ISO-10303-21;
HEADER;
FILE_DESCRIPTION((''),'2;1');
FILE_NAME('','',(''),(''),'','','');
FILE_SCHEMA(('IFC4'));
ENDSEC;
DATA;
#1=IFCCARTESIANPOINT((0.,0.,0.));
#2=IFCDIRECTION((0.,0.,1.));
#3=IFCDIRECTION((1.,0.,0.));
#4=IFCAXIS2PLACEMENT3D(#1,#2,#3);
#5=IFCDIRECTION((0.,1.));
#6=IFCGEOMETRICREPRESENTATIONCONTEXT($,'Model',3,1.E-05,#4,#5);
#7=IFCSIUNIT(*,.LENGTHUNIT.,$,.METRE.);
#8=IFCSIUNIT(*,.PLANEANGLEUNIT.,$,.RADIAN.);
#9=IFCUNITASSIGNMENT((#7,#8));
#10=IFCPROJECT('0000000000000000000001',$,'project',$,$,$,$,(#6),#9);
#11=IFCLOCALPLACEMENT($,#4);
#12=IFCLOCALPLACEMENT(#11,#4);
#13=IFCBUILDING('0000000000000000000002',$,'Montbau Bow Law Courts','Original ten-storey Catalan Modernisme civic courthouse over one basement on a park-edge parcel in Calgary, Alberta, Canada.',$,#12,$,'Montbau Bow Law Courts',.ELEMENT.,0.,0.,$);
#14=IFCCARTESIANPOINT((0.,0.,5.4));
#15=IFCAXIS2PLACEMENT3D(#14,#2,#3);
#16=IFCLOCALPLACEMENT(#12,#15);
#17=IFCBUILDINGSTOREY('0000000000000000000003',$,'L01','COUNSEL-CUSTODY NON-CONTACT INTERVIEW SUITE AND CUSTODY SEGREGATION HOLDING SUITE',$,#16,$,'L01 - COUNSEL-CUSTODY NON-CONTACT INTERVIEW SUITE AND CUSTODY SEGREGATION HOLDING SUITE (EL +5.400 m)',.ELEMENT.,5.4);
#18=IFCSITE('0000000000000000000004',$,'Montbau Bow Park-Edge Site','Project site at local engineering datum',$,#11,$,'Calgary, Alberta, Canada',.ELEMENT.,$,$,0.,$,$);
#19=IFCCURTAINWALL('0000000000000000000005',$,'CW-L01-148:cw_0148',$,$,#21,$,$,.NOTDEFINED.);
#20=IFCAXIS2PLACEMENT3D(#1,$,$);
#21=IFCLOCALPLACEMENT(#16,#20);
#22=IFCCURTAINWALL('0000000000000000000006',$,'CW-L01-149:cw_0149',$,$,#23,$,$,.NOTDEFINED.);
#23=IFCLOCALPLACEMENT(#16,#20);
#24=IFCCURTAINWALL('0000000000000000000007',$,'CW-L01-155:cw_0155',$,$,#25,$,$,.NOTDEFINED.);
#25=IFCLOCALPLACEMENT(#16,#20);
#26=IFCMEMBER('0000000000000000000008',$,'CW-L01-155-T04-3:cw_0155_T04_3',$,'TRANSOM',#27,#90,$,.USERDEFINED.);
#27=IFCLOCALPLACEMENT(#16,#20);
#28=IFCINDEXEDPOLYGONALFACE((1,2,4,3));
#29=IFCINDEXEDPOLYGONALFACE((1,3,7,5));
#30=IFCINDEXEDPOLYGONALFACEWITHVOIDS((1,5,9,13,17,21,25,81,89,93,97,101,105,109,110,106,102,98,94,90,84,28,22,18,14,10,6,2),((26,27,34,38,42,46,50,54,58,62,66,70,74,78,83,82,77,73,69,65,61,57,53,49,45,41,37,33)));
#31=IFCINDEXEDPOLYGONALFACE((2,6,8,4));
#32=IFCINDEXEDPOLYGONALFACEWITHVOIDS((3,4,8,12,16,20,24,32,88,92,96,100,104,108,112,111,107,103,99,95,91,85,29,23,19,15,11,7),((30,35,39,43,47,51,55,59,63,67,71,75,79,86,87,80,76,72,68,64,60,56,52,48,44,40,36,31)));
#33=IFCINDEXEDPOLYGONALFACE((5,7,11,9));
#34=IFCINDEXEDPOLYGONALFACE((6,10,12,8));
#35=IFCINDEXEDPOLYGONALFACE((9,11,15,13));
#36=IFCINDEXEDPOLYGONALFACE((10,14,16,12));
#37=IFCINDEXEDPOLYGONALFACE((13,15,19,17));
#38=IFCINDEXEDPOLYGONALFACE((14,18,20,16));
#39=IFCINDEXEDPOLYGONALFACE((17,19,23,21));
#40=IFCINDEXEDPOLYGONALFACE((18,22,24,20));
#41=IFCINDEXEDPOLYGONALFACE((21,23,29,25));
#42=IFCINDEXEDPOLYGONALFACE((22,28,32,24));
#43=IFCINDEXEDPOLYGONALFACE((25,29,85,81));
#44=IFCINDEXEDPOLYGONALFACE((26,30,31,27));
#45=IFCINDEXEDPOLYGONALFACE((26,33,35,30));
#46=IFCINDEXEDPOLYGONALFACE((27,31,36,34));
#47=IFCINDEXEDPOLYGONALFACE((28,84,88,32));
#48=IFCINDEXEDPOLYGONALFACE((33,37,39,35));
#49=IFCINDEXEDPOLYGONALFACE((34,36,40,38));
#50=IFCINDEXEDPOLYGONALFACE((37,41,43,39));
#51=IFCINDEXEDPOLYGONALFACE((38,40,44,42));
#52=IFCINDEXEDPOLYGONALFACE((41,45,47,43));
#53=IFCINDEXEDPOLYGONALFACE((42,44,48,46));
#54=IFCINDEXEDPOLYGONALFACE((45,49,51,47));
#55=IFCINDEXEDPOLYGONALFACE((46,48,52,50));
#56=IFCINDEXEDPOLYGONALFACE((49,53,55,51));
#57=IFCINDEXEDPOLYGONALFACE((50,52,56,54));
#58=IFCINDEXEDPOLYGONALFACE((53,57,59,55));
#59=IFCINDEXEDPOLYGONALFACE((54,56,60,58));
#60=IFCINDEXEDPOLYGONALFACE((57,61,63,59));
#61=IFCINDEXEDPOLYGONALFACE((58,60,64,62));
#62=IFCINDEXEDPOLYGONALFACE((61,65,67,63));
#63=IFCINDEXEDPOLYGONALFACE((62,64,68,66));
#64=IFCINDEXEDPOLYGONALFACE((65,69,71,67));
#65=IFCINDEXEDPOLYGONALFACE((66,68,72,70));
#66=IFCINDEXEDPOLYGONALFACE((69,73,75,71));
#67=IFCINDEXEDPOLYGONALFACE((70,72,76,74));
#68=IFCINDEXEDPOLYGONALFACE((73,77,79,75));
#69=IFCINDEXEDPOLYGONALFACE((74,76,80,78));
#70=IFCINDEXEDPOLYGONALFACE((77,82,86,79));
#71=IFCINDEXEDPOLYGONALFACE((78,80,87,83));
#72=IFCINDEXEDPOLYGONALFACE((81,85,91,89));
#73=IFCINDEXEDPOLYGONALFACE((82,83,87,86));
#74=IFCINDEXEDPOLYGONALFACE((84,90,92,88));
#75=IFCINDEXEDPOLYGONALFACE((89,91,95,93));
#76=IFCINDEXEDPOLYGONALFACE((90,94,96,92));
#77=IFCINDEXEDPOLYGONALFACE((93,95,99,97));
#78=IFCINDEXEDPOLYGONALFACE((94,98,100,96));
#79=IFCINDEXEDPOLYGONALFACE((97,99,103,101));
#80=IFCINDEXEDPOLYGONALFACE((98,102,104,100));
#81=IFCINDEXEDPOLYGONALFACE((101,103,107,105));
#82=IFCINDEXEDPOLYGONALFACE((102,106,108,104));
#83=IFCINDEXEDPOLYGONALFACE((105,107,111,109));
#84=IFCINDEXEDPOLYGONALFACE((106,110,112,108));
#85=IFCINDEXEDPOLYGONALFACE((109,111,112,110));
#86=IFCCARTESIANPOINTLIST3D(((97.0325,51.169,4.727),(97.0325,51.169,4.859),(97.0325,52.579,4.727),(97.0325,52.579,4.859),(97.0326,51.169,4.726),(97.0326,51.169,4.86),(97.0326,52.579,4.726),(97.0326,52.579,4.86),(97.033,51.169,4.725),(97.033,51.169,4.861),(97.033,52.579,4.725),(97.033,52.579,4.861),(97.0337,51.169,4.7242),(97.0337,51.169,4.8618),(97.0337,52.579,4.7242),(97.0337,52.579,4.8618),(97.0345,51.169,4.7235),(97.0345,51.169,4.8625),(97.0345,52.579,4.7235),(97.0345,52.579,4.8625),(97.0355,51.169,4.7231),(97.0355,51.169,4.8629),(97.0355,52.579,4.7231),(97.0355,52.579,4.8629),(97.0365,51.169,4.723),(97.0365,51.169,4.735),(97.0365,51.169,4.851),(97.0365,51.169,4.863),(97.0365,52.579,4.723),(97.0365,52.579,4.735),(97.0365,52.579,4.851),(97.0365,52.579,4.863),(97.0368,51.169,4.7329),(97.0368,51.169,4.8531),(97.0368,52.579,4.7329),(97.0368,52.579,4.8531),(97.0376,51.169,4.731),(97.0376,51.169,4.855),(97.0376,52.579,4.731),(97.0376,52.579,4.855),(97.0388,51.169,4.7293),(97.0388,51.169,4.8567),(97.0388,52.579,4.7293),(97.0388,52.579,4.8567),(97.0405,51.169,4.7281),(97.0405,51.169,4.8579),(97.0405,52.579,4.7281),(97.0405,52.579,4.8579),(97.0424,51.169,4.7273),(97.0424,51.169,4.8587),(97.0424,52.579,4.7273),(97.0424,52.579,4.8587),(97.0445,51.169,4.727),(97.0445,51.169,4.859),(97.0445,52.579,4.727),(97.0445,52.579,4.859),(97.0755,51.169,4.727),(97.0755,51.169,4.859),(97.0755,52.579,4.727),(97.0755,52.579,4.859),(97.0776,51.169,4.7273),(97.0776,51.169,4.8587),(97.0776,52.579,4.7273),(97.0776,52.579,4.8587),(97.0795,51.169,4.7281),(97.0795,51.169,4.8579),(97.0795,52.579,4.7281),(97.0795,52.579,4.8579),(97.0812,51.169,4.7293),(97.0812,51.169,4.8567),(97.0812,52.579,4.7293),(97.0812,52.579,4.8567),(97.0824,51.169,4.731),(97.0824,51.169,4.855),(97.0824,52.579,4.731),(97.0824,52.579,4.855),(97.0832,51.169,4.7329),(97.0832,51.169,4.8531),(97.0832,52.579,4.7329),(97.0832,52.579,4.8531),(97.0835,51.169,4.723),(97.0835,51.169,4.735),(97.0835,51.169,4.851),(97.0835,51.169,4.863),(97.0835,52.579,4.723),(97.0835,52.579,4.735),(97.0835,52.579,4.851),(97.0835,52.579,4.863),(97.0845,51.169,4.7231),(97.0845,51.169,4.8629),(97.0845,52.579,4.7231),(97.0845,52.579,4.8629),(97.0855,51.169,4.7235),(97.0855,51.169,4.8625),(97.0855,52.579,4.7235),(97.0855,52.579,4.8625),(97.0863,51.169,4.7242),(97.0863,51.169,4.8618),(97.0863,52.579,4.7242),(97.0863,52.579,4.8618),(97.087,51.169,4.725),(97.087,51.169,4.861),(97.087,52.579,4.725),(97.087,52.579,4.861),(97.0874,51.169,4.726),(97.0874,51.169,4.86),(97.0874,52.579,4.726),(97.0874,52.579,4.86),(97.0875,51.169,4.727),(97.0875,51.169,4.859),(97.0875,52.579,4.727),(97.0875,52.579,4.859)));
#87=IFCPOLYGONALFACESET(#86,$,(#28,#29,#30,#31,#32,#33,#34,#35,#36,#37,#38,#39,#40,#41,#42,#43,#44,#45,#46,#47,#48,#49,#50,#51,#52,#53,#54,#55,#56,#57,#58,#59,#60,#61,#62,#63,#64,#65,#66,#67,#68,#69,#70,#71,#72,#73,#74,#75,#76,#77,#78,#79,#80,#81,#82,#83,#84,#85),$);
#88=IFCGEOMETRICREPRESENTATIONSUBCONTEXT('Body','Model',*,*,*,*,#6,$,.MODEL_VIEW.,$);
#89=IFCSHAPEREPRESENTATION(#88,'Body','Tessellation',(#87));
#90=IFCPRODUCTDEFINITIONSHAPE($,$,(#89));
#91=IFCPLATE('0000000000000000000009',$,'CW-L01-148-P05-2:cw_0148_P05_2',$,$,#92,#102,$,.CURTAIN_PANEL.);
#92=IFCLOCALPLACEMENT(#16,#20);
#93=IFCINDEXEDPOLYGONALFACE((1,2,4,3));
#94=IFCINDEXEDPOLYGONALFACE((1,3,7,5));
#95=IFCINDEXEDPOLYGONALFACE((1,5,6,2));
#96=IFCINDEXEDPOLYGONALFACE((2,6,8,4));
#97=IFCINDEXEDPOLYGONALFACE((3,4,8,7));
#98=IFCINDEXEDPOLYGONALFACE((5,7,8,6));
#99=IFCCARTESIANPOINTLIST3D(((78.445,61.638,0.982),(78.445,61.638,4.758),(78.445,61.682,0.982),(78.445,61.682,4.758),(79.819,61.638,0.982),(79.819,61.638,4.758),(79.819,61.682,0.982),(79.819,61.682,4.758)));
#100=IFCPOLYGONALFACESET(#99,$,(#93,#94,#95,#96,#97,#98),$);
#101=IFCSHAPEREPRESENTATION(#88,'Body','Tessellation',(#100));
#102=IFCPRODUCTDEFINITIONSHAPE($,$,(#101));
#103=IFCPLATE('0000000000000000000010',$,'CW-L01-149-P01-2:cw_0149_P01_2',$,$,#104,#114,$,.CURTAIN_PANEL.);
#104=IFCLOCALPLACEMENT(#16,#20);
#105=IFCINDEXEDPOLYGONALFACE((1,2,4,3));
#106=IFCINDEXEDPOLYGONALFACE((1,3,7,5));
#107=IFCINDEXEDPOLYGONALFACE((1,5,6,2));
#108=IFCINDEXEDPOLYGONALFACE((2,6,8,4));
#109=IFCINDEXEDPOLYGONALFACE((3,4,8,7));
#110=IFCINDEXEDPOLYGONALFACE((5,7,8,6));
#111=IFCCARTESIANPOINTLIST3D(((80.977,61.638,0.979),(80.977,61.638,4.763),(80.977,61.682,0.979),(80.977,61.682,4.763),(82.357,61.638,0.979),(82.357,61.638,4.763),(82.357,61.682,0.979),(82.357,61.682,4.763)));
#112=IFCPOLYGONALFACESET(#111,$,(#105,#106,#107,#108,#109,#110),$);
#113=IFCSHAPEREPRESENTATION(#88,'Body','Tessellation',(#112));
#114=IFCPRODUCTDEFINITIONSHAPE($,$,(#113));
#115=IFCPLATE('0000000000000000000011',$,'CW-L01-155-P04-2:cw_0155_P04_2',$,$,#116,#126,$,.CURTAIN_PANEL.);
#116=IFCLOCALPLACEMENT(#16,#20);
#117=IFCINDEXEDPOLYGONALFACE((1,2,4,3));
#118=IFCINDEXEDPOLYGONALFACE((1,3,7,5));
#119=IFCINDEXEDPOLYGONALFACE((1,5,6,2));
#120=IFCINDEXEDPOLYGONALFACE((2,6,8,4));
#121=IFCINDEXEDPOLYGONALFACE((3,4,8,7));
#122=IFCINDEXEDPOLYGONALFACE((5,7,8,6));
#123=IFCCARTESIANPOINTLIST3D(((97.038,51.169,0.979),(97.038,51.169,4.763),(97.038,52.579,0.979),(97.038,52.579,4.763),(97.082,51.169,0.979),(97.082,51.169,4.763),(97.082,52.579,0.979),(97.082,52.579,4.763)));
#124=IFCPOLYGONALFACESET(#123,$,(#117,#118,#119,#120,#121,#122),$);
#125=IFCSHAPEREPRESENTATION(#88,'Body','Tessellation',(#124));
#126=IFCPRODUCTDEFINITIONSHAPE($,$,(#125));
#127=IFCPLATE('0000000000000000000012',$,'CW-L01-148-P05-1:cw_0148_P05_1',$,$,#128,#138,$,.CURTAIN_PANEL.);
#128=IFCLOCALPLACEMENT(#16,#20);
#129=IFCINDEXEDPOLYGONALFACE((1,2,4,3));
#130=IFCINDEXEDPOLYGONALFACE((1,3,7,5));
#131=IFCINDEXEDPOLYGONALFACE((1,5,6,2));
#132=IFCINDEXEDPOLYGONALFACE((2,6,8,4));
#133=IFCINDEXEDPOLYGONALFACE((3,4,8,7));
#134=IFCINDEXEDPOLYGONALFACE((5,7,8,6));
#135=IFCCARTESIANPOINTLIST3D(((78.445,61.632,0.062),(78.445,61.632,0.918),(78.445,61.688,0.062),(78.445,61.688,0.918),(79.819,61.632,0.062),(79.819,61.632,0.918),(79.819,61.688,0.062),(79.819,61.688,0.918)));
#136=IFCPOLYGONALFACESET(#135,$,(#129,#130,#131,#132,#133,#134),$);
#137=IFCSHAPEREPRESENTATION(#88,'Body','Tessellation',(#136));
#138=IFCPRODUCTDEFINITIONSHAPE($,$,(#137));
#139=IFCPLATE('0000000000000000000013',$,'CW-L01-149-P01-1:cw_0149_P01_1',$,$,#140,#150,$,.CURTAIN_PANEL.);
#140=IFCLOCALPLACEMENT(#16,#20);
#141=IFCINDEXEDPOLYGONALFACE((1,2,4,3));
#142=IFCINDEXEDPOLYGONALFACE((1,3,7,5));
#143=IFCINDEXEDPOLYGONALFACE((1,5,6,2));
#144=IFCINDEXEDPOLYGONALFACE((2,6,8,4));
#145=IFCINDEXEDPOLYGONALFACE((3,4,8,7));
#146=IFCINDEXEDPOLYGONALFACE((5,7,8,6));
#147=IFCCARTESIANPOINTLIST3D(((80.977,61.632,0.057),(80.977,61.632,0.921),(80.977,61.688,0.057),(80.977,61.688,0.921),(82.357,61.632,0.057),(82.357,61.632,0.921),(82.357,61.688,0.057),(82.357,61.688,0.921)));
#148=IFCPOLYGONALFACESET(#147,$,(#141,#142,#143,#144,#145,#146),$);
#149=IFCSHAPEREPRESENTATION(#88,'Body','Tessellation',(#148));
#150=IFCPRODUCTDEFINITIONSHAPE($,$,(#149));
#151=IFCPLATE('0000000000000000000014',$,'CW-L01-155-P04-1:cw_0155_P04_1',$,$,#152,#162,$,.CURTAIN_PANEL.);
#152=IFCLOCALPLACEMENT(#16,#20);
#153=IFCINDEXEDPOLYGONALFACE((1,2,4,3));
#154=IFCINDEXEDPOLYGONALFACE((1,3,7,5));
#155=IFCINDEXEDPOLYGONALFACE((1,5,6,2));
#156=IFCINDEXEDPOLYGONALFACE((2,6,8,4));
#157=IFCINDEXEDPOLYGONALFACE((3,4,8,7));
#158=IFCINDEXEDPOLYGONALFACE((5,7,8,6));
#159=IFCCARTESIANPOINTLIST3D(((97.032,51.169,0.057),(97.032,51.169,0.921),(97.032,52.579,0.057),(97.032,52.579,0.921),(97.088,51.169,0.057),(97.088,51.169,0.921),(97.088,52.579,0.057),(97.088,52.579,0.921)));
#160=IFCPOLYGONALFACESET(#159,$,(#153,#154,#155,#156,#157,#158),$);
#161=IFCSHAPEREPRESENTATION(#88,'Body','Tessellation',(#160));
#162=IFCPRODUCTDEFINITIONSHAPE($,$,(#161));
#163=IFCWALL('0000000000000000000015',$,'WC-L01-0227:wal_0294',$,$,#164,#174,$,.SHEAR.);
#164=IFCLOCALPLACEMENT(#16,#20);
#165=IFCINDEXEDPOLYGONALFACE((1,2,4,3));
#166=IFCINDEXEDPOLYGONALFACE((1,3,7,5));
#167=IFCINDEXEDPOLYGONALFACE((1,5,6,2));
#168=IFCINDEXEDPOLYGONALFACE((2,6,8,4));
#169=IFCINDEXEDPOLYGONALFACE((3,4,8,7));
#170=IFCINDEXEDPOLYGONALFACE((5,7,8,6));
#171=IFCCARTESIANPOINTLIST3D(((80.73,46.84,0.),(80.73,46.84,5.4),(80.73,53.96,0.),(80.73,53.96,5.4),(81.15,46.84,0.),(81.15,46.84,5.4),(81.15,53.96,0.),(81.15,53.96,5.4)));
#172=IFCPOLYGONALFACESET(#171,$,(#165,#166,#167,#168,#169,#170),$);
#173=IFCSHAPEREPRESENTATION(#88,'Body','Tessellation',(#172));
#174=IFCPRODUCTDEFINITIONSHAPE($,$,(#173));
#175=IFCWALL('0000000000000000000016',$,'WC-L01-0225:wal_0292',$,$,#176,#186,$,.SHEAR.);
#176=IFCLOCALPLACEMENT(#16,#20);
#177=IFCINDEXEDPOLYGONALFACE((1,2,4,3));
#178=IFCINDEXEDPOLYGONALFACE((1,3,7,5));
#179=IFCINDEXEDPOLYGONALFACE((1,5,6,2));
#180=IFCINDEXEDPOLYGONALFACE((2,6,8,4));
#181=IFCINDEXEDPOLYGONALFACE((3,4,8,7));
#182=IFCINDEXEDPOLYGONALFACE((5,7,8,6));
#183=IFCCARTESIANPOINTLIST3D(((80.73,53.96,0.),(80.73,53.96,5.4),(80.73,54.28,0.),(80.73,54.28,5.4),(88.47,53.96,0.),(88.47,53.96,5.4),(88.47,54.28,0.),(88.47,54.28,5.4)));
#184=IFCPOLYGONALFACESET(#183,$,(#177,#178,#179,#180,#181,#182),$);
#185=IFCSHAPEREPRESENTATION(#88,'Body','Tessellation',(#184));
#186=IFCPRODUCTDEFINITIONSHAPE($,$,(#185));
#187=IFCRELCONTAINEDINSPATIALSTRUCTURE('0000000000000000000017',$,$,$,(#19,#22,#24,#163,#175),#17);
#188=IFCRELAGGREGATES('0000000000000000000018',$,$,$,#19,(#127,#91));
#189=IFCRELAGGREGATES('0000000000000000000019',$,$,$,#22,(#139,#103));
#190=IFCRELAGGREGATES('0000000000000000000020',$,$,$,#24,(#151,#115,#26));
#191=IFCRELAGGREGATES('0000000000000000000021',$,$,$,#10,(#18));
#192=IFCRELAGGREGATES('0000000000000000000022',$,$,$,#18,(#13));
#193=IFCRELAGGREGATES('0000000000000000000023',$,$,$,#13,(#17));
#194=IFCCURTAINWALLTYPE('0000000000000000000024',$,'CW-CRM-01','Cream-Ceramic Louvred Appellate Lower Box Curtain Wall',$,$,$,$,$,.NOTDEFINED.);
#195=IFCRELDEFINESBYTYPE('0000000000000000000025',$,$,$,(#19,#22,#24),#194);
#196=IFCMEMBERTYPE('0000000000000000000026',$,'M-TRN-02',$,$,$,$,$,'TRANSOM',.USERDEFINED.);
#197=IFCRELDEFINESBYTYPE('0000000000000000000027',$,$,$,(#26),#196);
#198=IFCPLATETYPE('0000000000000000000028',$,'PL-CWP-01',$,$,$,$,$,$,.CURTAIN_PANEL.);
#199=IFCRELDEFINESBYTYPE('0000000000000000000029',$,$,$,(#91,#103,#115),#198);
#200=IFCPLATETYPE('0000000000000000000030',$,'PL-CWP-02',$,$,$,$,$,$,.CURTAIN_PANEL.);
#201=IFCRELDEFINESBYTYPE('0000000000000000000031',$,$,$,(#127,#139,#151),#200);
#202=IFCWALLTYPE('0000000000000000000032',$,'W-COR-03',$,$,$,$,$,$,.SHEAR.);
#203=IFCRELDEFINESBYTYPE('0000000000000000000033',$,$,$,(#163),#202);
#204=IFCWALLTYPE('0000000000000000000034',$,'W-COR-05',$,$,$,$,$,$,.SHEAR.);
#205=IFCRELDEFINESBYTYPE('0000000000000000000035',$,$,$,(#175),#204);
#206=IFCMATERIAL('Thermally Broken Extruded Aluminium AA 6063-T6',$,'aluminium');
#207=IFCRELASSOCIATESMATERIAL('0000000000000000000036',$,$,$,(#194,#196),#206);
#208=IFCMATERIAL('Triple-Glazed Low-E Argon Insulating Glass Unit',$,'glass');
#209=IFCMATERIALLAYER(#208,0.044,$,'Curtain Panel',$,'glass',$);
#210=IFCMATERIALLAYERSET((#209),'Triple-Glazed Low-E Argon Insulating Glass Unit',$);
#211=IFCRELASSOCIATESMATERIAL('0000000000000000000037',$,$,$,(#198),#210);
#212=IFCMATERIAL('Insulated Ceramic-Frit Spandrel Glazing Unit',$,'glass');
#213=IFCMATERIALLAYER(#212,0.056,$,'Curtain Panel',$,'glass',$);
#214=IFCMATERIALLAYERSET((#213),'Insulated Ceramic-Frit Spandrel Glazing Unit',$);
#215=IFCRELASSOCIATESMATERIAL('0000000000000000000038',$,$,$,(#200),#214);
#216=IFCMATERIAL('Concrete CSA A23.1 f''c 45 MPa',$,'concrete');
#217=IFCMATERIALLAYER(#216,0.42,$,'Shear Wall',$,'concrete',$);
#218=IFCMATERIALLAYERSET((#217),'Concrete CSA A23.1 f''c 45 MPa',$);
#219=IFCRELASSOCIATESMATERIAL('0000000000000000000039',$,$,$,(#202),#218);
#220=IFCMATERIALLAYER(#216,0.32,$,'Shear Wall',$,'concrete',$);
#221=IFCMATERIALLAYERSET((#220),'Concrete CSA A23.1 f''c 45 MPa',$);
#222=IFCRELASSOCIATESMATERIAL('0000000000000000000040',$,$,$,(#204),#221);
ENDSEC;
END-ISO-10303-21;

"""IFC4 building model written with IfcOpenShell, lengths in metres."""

from ifc_helpers import new_model, si_unit, direction, frame, frame_2d, origin_with_axes, origin_2d_with_axis, place, context, subcontext, project, spatial, rectangle, hollow_rectangle, extrude, material, layer, layer_set, material_profile, profile_set, type_object, element, aggregate, save


model = new_model("IFC4")

# Units and contexts
model_context = context("Model", 3, precision=1e-05, world=origin_with_axes(), true_north=direction((0.0, 1.0)))
body_context = subcontext(model_context, "Body", "Model", "MODEL_VIEW")
ifc_project = project(units=[si_unit("LENGTHUNIT", "METRE"), si_unit("PLANEANGLEUNIT", "RADIAN")], contexts=[model_context])

# Site, building, storey
site_placement = place(None, origin_with_axes())
site = spatial("IfcSite", under=ifc_project, at=site_placement, Name="Montbau Bow Park-Edge Site", Description="Project site at local engineering datum", LongName="Calgary, Alberta, Canada", CompositionType="ELEMENT", RefElevation=0.0)
building_placement = place(site_placement, origin_with_axes())
building = spatial("IfcBuilding", under=site, at=building_placement, Name="Montbau Bow Law Courts", Description="Original ten-storey Catalan Modernisme civic courthouse over one basement on a park-edge parcel in Calgary, Alberta, Canada.", LongName="Montbau Bow Law Courts", CompositionType="ELEMENT", ElevationOfRefHeight=0.0, ElevationOfTerrain=0.0)
storey_placement = place(building_placement, frame((0.0, 0.0, 5.4), z_axis=(0.0, 0.0, 1.0), x_axis=(1.0, 0.0, 0.0)))
storey = spatial("IfcBuildingStorey", under=building, at=storey_placement, Name="L01", Description="COUNSEL-CUSTODY NON-CONTACT INTERVIEW SUITE AND CUSTODY SEGREGATION HOLDING SUITE", LongName="L01 - COUNSEL-CUSTODY NON-CONTACT INTERVIEW SUITE AND CUSTODY SEGREGATION HOLDING SUITE (EL +5.400 m)", CompositionType="ELEMENT", Elevation=5.4)

# Curtain wall
ifc_material_1 = material(Name="Thermally Broken Extruded Aluminium AA 6063-T6", Category="aluminium")
curtain_wall_type = type_object("IfcCurtainWallType", Name="CW-CRM-01", Description="Cream-Ceramic Louvred Appellate Lower Box Curtain Wall", PredefinedType="NOTDEFINED", material=ifc_material_1)
curtain_wall_1_placement = place(None, frame((72.515, 61.66, 5.4), z_axis=(0.0, 0.0, 1.0), x_axis=(1.0, 0.0, 0.0)))
curtain_wall_1 = element("IfcCurtainWall", 1, at=curtain_wall_1_placement, inside=storey, type_object=curtain_wall_type, Name="CW-L01-148:cw_0148", PredefinedType="NOTDEFINED")

# Curtain wall
curtain_wall_2_placement = place(None, frame((80.915, 61.66, 5.4), z_axis=(0.0, 0.0, 1.0), x_axis=(1.0, 0.0, 0.0)))
curtain_wall_2 = element("IfcCurtainWall", 2, at=curtain_wall_2_placement, inside=storey, type_object=curtain_wall_type, Name="CW-L01-149:cw_0149", PredefinedType="NOTDEFINED")

# Curtain wall
curtain_wall_3_placement = place(None, frame((97.06, 46.715, 5.4), z_axis=(0.0, 0.0, 1.0), x_axis=(1.0, 0.0, 0.0)))
curtain_wall_3 = element("IfcCurtainWall", 3, at=curtain_wall_3_placement, inside=storey, type_object=curtain_wall_type, Name="CW-L01-155:cw_0155", PredefinedType="NOTDEFINED")

# Member
ifc_material_profile_1 = material_profile(ifc_material_1, hollow_rectangle(XDim=0.055, YDim=0.14, WallThickness=0.004, InnerFilletRadius=0.008, OuterFilletRadius=0.004, at=origin_2d_with_axis()), Name="CWT-140X55", Category="Main", Priority=0)
ifc_profile_set_1 = profile_set([ifc_material_profile_1], Name="Thermally Broken Extruded Aluminium AA 6063-T6")
member_type_1 = type_object("IfcMemberType", Name="M-TRN-02", ElementType="TRANSOM", PredefinedType="USERDEFINED", material=ifc_profile_set_1)
member_1_placement = place(None, frame((97.06, 51.169, 10.193), z_axis=(0.0, 1.0, 0.0), x_axis=(-1.0, 0.0, 0.0)))
member_1 = element("IfcMember", 4, at=member_1_placement, type_object=member_type_1, Name="CW-L01-155-T04-3:cw_0155_T04_3", ObjectType="TRANSOM", PredefinedType="USERDEFINED", context=body_context, shape_type="SweptSolid", body=[
    extrude(hollow_rectangle(XDim=0.055, YDim=0.14, WallThickness=0.004, InnerFilletRadius=0.008, OuterFilletRadius=0.004, at=origin_2d_with_axis()), origin_with_axes(), (0.0, 0.0, 1.0), 1.41),
])

# Plates
ifc_material_2 = material(Name="Triple-Glazed Low-E Argon Insulating Glass Unit", Category="glass")
ifc_layer_1 = layer(ifc_material_2, 0.044, Name="Curtain Panel", Category="glass")
ifc_layer_set_1 = layer_set([ifc_layer_1], Name="Triple-Glazed Low-E Argon Insulating Glass Unit")
plate_type_1 = type_object("IfcPlateType", Name="PL-CWP-01", PredefinedType="CURTAIN_PANEL", material=ifc_layer_set_1)
plate_1_placement = place(None, frame((78.445, 61.66, 6.382), z_axis=(0.0, -1.0, 0.0), x_axis=(1.0, 0.0, 0.0)))
plate_1 = element("IfcPlate", 5, at=plate_1_placement, type_object=plate_type_1, Name="CW-L01-148-P05-2:cw_0148_P05_2", PredefinedType="CURTAIN_PANEL", context=body_context, shape_type="SweptSolid", body=[
    extrude(rectangle(XDim=1.374, YDim=3.776, at=frame_2d((0.687, 1.888), x_axis=(1.0, 0.0))), frame((0.0, 0.0, -0.022), z_axis=(0.0, 0.0, 1.0), x_axis=(1.0, 0.0, 0.0)), (0.0, 0.0, 1.0), 0.044),
])
plate_2_placement = place(None, frame((80.977, 61.66, 6.379), z_axis=(0.0, -1.0, 0.0), x_axis=(1.0, 0.0, 0.0)))
plate_2 = element("IfcPlate", 6, at=plate_2_placement, type_object=plate_type_1, Name="CW-L01-149-P01-2:cw_0149_P01_2", PredefinedType="CURTAIN_PANEL", context=body_context, shape_type="SweptSolid", body=[
    extrude(rectangle(XDim=1.38, YDim=3.784, at=frame_2d((0.69, 1.892), x_axis=(1.0, 0.0))), frame((0.0, 0.0, -0.022), z_axis=(0.0, 0.0, 1.0), x_axis=(1.0, 0.0, 0.0)), (0.0, 0.0, 1.0), 0.044),
])
plate_3_placement = place(None, frame((97.06, 51.169, 6.379), z_axis=(1.0, 0.0, 0.0), x_axis=(0.0, 1.0, 0.0)))
plate_3 = element("IfcPlate", 7, at=plate_3_placement, type_object=plate_type_1, Name="CW-L01-155-P04-2:cw_0155_P04_2", PredefinedType="CURTAIN_PANEL", context=body_context, shape_type="SweptSolid", body=[
    extrude(rectangle(XDim=1.41, YDim=3.784, at=frame_2d((0.705, 1.892), x_axis=(1.0, 0.0))), frame((0.0, 0.0, -0.022), z_axis=(0.0, 0.0, 1.0), x_axis=(1.0, 0.0, 0.0)), (0.0, 0.0, 1.0), 0.044),
])
ifc_material_3 = material(Name="Insulated Ceramic-Frit Spandrel Glazing Unit", Category="glass")
ifc_layer_2 = layer(ifc_material_3, 0.056, Name="Curtain Panel", Category="glass")
ifc_layer_set_2 = layer_set([ifc_layer_2], Name="Insulated Ceramic-Frit Spandrel Glazing Unit")
plate_type_2 = type_object("IfcPlateType", Name="PL-CWP-02", PredefinedType="CURTAIN_PANEL", material=ifc_layer_set_2)
plate_4_placement = place(None, frame((78.445, 61.66, 5.462), z_axis=(0.0, -1.0, 0.0), x_axis=(1.0, 0.0, 0.0)))
plate_4 = element("IfcPlate", 8, at=plate_4_placement, type_object=plate_type_2, Name="CW-L01-148-P05-1:cw_0148_P05_1", PredefinedType="CURTAIN_PANEL", context=body_context, shape_type="SweptSolid", body=[
    extrude(rectangle(XDim=1.374, YDim=0.856, at=frame_2d((0.687, 0.428), x_axis=(1.0, 0.0))), frame((0.0, 0.0, -0.028), z_axis=(0.0, 0.0, 1.0), x_axis=(1.0, 0.0, 0.0)), (0.0, 0.0, 1.0), 0.056),
])
aggregate(curtain_wall_1, [plate_4, plate_1])
plate_5_placement = place(None, frame((80.977, 61.66, 5.457), z_axis=(0.0, -1.0, 0.0), x_axis=(1.0, 0.0, 0.0)))
plate_5 = element("IfcPlate", 9, at=plate_5_placement, type_object=plate_type_2, Name="CW-L01-149-P01-1:cw_0149_P01_1", PredefinedType="CURTAIN_PANEL", context=body_context, shape_type="SweptSolid", body=[
    extrude(rectangle(XDim=1.38, YDim=0.864, at=frame_2d((0.69, 0.432), x_axis=(1.0, 0.0))), frame((0.0, 0.0, -0.028), z_axis=(0.0, 0.0, 1.0), x_axis=(1.0, 0.0, 0.0)), (0.0, 0.0, 1.0), 0.056),
])
aggregate(curtain_wall_2, [plate_5, plate_2])
plate_6_placement = place(None, frame((97.06, 51.169, 5.457), z_axis=(1.0, 0.0, 0.0), x_axis=(0.0, 1.0, 0.0)))
plate_6 = element("IfcPlate", 10, at=plate_6_placement, type_object=plate_type_2, Name="CW-L01-155-P04-1:cw_0155_P04_1", PredefinedType="CURTAIN_PANEL", context=body_context, shape_type="SweptSolid", body=[
    extrude(rectangle(XDim=1.41, YDim=0.864, at=frame_2d((0.705, 0.432), x_axis=(1.0, 0.0))), frame((0.0, 0.0, -0.028), z_axis=(0.0, 0.0, 1.0), x_axis=(1.0, 0.0, 0.0)), (0.0, 0.0, 1.0), 0.056),
])
aggregate(curtain_wall_3, [plate_6, plate_3, member_1])

# Walls
ifc_material_4 = material(Name="Concrete CSA A23.1 f'c 45 MPa", Category="concrete")
ifc_layer_3 = layer(ifc_material_4, 0.42, Name="Shear Wall", Category="concrete")
ifc_layer_set_3 = layer_set([ifc_layer_3], Name="Concrete CSA A23.1 f'c 45 MPa")
wall_type_1 = type_object("IfcWallType", Name="W-COR-03", PredefinedType="SHEAR", material=ifc_layer_set_3)
wall_1_placement = place(None, frame((80.94, 53.96, 5.4), z_axis=(0.0, 0.0, 1.0), x_axis=(0.0, -1.0, 0.0)))
element("IfcWall", 11, at=wall_1_placement, inside=storey, type_object=wall_type_1, Name="WC-L01-0227:wal_0294", PredefinedType="SHEAR", context=body_context, shape_type="SweptSolid", body=[
    extrude(rectangle(XDim=7.12, YDim=0.42, at=frame_2d((3.56, 0.0), x_axis=(1.0, 0.0))), origin_with_axes(), (0.0, 0.0, 1.0), 5.4),
])
ifc_layer_4 = layer(ifc_material_4, 0.32, Name="Shear Wall", Category="concrete")
ifc_layer_set_4 = layer_set([ifc_layer_4], Name="Concrete CSA A23.1 f'c 45 MPa")
wall_type_2 = type_object("IfcWallType", Name="W-COR-05", PredefinedType="SHEAR", material=ifc_layer_set_4)
wall_2_placement = place(None, frame((88.47, 54.12, 5.4), z_axis=(0.0, 0.0, 1.0), x_axis=(-1.0, 0.0, 0.0)))
element("IfcWall", 12, at=wall_2_placement, inside=storey, type_object=wall_type_2, Name="WC-L01-0225:wal_0292", PredefinedType="SHEAR", context=body_context, shape_type="SweptSolid", body=[
    extrude(rectangle(XDim=7.74, YDim=0.32, at=frame_2d((3.87, 0.0), x_axis=(1.0, 0.0))), origin_with_axes(), (0.0, 0.0, 1.0), 5.4),
])

save(model, "model.ifc")
